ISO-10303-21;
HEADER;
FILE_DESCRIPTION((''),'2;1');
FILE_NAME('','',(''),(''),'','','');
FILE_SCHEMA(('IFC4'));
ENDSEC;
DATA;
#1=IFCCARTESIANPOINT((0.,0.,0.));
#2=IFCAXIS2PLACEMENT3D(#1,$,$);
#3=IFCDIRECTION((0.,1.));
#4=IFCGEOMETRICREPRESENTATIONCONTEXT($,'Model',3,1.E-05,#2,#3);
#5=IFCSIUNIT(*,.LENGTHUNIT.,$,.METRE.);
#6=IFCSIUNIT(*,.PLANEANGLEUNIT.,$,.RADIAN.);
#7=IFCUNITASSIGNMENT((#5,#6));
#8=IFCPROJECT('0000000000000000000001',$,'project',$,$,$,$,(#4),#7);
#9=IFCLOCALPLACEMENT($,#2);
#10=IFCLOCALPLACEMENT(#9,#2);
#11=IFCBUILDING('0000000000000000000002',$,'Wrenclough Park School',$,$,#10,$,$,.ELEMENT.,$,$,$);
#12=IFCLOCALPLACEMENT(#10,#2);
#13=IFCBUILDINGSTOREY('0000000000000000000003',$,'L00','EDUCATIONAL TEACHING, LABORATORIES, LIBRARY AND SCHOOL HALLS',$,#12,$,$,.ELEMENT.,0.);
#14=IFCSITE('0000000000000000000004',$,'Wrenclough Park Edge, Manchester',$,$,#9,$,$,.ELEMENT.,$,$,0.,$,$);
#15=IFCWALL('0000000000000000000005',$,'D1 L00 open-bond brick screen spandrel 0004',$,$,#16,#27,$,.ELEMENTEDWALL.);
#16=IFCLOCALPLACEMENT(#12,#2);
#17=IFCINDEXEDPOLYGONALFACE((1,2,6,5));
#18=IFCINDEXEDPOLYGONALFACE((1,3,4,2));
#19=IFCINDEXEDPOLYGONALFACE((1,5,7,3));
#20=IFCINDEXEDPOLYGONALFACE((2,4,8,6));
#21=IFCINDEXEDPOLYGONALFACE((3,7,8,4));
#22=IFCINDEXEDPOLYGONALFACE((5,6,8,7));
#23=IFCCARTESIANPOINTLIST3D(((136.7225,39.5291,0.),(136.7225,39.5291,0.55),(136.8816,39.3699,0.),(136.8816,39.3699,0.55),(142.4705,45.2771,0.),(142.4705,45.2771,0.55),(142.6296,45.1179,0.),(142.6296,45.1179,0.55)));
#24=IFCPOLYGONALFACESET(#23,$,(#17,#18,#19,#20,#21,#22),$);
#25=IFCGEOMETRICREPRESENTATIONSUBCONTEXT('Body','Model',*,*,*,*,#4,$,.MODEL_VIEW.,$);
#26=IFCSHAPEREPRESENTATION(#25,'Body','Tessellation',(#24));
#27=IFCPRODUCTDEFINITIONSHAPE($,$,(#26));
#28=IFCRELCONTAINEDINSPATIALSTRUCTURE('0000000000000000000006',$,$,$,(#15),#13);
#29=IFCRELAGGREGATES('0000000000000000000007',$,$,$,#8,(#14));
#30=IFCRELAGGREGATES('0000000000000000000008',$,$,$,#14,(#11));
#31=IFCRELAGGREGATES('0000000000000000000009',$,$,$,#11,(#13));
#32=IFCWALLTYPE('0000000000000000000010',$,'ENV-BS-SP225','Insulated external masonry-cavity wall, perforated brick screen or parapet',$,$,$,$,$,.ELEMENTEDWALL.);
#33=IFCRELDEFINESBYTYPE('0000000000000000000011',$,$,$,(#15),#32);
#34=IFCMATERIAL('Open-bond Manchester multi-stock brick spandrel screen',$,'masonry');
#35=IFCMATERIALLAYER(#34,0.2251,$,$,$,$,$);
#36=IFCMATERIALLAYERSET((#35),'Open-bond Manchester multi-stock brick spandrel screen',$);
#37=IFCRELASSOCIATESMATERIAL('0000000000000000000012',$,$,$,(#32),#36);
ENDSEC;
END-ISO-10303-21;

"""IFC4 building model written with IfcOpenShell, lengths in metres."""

from ifc_helpers import new_model, si_unit, direction, frame, frame_2d, origin, place, context, subcontext, project, spatial, rectangle, extrude, material, layer, layer_set, type_object, element, save


model = new_model("IFC4")

# Units and contexts
model_context = context("Model", 3, precision=1e-05, world=origin(), true_north=direction((0.0, 1.0)))
body_context = subcontext(model_context, "Body", "Model", "MODEL_VIEW")
ifc_project = project(units=[si_unit("LENGTHUNIT", "METRE"), si_unit("PLANEANGLEUNIT", "RADIAN")], contexts=[model_context])

# Site, building, storey
site_placement = place(None, origin())
site = spatial("IfcSite", under=ifc_project, at=site_placement, Name="Wrenclough Park Edge, Manchester", CompositionType="ELEMENT", RefElevation=0.0)
building_placement = place(site_placement, origin())
building = spatial("IfcBuilding", under=site, at=building_placement, Name="Wrenclough Park School", CompositionType="ELEMENT")
storey_placement = place(building_placement, origin())
storey = spatial("IfcBuildingStorey", under=building, at=storey_placement, Name="L00", Description="EDUCATIONAL TEACHING, LABORATORIES, LIBRARY AND SCHOOL HALLS", CompositionType="ELEMENT", Elevation=0.0)

# Wall
ifc_material_1 = material(Name="Open-bond Manchester multi-stock brick spandrel screen", Category="masonry")
ifc_layer_1 = layer(ifc_material_1, 0.2251)
ifc_layer_set_1 = layer_set([ifc_layer_1], Name="Open-bond Manchester multi-stock brick spandrel screen")
wall_type_1 = type_object("IfcWallType", Name="ENV-BS-SP225", Description="Insulated external masonry-cavity wall, perforated brick screen or parapet", PredefinedType="ELEMENTEDWALL", material=ifc_layer_set_1)
wall_1_placement = place(storey_placement, frame((142.55, 45.1975, 0.0), z_axis=(0.0, 0.0, 1.0), x_axis=(-0.707107, -0.707107, 0.0)))
element("IfcWall", 1, at=wall_1_placement, inside=storey, type_object=wall_type_1, Name="D1 L00 open-bond brick screen spandrel 0004", PredefinedType="ELEMENTEDWALL", context=body_context, shape_type="SweptSolid", body=[
    extrude(rectangle(XDim=8.1289, YDim=0.2251, at=frame_2d((4.0645, 0.0))), origin(), (0.0, 0.0, 1.0), 0.55),
])

save(model, "model.ifc")
